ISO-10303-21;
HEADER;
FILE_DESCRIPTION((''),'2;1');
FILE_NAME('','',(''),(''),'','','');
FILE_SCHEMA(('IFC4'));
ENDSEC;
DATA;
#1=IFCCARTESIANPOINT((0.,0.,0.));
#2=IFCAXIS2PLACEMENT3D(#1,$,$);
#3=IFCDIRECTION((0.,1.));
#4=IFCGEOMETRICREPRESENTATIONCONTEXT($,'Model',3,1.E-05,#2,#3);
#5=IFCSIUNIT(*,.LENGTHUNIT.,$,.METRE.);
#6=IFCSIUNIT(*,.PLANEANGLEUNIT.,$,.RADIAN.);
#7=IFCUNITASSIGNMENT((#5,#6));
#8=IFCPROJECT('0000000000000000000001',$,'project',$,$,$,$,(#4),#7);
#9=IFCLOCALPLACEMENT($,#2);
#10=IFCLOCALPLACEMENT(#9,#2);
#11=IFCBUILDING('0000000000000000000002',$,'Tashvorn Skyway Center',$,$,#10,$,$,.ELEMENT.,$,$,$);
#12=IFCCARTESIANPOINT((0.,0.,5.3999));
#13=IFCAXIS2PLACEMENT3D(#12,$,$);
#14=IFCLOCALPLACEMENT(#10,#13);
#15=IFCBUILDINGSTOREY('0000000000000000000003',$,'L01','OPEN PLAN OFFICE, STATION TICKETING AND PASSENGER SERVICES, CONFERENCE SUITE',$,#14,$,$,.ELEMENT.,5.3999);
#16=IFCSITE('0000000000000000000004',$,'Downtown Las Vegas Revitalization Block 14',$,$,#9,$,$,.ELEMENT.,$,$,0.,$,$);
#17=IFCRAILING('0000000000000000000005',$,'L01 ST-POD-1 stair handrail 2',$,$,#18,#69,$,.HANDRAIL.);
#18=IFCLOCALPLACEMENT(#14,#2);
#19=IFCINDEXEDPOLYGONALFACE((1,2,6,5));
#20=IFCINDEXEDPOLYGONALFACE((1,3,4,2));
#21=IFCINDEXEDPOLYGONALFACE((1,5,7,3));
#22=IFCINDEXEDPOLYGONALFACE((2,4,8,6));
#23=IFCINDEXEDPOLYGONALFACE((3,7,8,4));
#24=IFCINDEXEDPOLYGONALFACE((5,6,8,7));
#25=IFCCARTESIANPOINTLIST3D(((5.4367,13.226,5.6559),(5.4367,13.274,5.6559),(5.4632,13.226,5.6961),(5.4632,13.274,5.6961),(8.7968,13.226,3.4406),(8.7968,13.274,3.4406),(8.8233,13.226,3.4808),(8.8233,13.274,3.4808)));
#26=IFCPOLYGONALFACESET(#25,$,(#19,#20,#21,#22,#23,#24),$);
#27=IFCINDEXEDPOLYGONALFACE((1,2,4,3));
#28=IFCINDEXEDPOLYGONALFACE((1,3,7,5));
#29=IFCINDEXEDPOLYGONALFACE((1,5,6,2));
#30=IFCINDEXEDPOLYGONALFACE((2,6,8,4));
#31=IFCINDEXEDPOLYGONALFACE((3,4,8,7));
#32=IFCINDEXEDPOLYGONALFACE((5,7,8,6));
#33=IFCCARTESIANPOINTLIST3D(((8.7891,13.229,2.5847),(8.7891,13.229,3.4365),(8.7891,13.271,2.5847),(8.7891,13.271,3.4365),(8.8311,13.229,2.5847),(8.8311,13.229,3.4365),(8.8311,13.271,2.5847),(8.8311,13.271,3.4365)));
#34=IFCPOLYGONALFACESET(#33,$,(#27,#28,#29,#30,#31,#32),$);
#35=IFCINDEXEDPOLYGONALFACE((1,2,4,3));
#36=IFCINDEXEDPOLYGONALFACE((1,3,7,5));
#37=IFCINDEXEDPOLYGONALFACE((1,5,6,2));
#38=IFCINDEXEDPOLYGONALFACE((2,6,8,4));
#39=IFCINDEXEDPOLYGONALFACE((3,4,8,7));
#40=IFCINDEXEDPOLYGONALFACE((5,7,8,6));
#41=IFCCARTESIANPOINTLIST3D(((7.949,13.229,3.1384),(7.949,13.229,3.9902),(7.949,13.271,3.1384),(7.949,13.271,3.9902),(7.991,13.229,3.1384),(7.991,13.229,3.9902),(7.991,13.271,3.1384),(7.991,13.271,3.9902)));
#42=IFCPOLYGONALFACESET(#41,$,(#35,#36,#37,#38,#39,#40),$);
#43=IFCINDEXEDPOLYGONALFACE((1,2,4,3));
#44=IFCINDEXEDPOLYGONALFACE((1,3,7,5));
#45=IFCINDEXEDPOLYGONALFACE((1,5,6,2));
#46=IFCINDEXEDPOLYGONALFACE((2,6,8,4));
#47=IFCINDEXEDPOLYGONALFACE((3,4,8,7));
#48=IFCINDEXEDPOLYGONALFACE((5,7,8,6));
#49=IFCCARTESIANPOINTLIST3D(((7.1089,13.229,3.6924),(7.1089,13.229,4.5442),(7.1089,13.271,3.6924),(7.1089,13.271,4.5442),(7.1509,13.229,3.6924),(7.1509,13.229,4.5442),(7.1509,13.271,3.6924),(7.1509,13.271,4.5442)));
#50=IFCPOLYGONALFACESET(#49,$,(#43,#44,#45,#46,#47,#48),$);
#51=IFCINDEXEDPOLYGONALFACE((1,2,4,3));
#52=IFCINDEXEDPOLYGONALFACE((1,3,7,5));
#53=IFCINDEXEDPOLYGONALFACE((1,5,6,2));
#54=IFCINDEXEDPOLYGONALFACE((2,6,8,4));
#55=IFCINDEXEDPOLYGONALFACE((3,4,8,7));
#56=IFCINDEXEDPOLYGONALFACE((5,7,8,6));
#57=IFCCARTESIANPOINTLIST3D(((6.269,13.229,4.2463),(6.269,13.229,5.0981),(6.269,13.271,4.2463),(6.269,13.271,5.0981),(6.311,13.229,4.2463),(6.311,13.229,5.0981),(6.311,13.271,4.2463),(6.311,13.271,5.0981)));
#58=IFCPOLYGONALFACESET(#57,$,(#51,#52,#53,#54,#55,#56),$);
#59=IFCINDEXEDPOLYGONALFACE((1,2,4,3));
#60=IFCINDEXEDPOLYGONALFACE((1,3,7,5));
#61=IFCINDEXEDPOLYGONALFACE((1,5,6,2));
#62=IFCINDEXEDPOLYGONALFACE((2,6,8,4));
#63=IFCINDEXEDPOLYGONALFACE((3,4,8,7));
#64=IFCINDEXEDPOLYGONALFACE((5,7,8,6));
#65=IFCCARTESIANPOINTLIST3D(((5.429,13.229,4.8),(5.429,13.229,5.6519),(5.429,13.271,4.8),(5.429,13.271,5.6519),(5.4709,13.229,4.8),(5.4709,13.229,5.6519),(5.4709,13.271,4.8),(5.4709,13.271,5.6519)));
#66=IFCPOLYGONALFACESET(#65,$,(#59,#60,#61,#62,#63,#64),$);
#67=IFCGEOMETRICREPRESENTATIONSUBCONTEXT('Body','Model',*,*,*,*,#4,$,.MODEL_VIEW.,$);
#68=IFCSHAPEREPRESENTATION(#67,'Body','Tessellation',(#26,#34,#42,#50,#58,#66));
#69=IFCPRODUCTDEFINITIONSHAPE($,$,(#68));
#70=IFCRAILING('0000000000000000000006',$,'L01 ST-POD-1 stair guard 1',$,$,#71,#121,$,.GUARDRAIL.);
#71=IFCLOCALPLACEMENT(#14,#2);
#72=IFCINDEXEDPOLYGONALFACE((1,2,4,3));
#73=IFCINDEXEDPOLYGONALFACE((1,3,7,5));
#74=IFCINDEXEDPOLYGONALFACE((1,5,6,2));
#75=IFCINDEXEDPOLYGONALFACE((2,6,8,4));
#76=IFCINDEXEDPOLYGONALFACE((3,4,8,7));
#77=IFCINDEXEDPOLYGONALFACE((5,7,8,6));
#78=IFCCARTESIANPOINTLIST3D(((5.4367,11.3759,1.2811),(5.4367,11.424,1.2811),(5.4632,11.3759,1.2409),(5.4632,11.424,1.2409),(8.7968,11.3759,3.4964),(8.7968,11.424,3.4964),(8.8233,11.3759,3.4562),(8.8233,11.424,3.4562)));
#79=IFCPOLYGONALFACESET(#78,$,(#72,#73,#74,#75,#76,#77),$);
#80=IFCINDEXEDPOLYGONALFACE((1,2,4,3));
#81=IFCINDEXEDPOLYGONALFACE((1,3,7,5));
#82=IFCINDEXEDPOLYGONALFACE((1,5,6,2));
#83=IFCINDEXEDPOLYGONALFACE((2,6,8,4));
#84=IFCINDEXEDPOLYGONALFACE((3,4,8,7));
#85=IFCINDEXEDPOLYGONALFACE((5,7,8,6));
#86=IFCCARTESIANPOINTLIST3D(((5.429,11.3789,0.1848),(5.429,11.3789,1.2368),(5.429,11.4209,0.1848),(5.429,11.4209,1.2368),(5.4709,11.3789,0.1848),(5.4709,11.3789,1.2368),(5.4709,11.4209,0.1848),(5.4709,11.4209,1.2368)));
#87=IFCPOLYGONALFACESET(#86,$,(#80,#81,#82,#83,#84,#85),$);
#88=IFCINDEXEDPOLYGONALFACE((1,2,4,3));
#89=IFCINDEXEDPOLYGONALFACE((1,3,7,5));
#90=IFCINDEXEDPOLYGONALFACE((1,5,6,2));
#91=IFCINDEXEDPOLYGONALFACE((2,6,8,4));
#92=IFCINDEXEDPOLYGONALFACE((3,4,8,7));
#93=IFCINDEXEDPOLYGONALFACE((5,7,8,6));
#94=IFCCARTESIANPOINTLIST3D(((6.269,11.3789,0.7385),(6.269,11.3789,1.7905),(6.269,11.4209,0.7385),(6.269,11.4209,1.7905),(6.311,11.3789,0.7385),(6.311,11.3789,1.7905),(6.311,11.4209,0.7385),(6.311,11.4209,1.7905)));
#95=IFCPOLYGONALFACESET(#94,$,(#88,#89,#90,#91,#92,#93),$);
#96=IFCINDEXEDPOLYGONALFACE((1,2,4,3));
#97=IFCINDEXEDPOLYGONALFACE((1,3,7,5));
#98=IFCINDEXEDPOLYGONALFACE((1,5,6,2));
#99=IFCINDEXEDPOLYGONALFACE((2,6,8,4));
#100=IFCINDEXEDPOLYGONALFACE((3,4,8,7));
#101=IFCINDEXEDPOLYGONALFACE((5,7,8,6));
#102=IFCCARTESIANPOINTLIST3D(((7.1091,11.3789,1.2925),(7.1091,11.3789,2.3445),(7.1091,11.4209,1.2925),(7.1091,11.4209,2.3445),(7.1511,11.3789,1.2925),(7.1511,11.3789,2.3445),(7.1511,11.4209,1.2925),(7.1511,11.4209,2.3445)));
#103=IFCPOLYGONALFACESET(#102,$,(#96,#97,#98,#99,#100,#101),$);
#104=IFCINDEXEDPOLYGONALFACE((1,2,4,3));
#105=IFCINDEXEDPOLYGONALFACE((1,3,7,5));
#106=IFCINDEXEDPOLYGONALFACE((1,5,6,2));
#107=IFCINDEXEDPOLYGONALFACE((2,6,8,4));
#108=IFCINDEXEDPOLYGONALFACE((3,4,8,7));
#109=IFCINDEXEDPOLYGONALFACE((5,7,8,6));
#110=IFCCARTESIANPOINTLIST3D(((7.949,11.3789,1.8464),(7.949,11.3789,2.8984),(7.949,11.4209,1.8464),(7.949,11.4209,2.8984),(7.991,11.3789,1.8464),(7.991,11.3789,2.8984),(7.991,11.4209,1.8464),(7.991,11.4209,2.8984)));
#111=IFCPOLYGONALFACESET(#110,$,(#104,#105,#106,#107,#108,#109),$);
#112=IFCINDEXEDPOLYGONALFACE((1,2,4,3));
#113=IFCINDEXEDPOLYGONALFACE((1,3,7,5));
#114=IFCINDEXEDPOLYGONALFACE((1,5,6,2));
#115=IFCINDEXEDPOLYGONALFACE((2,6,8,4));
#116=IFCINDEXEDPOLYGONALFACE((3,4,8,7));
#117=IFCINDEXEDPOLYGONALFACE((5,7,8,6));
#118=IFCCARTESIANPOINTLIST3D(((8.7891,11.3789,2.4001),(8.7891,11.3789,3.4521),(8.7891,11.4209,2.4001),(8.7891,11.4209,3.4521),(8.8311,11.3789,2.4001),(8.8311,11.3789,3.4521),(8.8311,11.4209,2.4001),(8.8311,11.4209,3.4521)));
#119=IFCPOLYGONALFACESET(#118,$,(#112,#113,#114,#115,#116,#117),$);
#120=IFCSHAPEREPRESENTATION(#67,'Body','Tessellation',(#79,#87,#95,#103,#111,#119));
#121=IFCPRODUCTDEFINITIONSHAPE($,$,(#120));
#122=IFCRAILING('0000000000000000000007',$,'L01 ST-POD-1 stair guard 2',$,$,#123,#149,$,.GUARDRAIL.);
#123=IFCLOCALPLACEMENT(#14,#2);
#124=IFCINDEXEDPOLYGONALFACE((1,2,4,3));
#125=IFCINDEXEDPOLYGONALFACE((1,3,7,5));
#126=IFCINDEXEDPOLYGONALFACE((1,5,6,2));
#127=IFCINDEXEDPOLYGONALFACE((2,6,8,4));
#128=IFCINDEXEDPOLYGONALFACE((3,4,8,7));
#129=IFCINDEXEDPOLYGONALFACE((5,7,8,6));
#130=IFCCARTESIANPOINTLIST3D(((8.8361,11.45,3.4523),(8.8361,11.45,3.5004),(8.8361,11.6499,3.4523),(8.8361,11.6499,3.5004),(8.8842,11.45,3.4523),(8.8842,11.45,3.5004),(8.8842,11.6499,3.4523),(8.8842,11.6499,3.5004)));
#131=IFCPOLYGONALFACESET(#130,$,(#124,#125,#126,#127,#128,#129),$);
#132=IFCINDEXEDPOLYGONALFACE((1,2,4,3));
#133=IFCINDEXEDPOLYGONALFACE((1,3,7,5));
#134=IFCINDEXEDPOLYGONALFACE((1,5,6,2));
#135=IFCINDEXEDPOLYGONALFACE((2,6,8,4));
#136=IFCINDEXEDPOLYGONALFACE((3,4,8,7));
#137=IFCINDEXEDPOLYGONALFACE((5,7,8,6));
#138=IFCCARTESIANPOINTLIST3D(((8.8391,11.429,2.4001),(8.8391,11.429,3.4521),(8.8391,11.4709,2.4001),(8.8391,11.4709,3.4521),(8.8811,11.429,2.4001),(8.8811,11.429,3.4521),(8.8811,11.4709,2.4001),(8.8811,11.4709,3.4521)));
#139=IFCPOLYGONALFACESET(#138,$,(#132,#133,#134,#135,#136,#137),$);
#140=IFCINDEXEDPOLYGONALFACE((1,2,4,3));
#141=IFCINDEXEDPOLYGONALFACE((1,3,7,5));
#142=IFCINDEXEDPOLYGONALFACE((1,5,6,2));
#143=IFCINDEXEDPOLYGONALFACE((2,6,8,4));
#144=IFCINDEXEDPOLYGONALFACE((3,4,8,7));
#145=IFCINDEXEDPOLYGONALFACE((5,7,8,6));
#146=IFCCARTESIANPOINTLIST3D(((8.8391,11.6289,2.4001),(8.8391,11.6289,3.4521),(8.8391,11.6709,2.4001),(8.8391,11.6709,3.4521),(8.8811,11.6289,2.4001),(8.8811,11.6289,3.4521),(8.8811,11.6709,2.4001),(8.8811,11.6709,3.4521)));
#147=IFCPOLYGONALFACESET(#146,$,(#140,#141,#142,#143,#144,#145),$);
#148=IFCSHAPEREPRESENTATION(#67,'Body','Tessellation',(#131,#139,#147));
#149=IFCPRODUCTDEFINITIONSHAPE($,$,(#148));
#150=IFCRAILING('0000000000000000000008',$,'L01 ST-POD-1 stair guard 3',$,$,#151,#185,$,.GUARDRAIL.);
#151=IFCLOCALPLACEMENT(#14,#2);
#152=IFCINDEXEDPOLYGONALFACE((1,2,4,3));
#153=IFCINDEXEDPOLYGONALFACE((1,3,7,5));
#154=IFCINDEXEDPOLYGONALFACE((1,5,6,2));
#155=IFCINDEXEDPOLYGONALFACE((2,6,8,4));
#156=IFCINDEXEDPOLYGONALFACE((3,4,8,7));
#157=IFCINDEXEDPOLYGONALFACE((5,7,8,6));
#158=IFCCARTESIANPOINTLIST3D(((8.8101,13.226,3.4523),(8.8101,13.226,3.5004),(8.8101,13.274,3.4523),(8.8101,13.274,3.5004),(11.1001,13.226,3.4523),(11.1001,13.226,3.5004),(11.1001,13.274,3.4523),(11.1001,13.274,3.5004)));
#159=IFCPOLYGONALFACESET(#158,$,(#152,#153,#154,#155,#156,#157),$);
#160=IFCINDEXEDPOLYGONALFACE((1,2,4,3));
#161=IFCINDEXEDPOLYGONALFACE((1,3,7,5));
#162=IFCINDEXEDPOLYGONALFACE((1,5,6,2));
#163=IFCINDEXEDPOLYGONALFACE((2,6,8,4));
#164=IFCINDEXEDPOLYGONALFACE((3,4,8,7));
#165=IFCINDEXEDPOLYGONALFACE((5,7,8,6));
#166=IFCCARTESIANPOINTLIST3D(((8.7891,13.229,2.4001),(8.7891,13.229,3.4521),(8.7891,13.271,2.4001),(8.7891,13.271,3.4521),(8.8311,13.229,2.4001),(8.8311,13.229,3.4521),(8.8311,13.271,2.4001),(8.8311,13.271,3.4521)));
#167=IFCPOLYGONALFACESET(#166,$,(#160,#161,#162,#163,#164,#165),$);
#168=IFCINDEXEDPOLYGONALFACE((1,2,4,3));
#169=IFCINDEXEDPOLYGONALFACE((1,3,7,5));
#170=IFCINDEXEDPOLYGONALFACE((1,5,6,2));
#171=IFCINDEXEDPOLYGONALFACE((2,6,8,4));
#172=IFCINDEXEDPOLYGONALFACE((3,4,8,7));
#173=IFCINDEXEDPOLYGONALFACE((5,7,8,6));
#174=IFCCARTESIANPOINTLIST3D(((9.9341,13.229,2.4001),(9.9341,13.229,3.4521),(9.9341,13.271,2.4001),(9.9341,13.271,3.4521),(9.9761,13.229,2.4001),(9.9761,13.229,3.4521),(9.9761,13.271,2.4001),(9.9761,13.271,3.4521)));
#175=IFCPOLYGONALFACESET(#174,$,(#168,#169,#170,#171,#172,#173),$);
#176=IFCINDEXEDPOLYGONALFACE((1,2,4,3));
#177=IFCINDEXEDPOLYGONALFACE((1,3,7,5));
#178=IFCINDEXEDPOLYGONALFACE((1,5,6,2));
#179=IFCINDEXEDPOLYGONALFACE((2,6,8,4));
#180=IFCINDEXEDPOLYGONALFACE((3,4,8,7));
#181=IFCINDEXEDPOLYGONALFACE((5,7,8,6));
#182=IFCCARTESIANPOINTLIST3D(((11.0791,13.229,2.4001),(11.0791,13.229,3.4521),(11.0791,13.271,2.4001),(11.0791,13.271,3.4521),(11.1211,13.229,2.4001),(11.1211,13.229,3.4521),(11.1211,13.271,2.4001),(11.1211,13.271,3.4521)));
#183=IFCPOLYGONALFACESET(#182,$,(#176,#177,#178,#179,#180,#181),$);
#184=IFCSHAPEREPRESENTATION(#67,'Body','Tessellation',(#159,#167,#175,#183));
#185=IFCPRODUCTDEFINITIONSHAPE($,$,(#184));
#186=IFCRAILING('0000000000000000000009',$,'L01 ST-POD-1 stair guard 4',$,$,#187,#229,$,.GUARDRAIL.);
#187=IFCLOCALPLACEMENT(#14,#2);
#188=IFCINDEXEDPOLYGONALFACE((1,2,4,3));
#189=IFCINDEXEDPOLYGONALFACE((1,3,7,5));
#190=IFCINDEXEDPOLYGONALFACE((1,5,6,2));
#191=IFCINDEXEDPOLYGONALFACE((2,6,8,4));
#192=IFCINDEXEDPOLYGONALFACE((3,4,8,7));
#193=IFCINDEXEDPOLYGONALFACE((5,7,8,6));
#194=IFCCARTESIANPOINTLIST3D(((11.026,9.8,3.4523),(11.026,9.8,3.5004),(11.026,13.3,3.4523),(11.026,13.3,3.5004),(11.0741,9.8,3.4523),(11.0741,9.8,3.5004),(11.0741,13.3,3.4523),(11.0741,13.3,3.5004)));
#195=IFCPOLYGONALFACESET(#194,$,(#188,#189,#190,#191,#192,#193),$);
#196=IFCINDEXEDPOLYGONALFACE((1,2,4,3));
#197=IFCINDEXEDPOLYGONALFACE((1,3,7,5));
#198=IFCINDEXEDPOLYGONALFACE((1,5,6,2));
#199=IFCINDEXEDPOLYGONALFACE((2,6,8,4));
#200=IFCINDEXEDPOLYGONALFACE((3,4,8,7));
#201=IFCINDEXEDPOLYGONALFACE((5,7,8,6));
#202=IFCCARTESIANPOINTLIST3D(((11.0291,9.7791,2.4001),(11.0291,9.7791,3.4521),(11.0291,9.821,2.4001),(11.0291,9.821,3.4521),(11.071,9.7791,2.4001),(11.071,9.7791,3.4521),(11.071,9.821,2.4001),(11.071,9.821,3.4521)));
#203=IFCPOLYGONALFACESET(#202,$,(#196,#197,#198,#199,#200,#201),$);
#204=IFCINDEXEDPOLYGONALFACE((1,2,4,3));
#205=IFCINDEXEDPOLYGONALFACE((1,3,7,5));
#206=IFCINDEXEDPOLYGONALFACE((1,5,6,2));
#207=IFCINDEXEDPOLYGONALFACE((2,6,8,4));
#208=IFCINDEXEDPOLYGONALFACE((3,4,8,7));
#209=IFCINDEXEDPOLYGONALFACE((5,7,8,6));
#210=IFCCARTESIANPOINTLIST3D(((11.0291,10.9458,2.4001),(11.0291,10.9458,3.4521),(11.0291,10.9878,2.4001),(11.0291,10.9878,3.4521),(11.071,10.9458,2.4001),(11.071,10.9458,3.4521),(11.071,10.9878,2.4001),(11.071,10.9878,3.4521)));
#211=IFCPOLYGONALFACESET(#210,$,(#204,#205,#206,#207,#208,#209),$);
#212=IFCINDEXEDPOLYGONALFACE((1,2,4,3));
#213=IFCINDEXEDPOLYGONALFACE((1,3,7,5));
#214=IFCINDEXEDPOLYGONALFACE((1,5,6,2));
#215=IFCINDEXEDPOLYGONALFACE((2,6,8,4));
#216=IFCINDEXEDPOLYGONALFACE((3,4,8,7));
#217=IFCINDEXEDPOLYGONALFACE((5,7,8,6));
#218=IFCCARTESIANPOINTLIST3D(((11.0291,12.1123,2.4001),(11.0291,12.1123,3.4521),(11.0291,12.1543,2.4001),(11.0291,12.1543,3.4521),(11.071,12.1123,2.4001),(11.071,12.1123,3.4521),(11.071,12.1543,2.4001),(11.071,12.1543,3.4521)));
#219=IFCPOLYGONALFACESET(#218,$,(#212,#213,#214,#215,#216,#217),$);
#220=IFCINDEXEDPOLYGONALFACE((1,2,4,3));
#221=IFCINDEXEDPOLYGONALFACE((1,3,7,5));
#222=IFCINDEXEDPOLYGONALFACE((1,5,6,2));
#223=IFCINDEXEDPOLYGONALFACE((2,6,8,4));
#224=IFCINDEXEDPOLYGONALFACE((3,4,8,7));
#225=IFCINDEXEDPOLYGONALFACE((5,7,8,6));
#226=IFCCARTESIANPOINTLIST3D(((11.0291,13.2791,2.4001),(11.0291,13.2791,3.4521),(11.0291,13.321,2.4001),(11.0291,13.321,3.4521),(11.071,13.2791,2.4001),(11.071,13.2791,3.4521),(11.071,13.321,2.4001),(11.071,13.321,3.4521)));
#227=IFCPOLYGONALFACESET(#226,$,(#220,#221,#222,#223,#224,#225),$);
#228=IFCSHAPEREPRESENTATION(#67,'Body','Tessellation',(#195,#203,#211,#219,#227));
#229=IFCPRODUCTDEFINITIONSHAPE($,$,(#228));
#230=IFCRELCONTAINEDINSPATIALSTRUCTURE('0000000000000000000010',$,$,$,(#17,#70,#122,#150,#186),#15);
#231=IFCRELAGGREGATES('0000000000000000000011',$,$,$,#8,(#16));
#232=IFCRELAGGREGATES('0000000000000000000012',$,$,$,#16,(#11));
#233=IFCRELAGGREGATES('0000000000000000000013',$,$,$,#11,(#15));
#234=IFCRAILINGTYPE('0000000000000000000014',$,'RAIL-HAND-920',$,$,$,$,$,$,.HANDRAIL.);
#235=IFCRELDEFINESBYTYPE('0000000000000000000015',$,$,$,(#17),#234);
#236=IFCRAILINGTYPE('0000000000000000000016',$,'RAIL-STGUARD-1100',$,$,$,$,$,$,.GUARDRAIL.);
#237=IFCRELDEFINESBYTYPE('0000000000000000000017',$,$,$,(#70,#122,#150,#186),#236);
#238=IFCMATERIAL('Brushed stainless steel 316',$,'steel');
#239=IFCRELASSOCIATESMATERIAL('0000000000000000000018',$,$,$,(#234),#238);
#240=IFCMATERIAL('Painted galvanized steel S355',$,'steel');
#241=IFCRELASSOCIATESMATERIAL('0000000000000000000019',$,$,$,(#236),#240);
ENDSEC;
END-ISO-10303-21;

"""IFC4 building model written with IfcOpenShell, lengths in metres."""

from ifc_helpers import new_model, si_unit, direction, frame, origin, origin_2d, place, context, subcontext, project, spatial, rectangle, extrude, material, type_object, element, save


model = new_model("IFC4")

# Units and contexts
model_context = context("Model", 3, precision=1e-05, world=origin(), true_north=direction((0.0, 1.0)))
body_context = subcontext(model_context, "Body", "Model", "MODEL_VIEW")
ifc_project = project(units=[si_unit("LENGTHUNIT", "METRE"), si_unit("PLANEANGLEUNIT", "RADIAN")], contexts=[model_context])

# Site, building, storey
site_placement = place(None, origin())
site = spatial("IfcSite", under=ifc_project, at=site_placement, Name="Downtown Las Vegas Revitalization Block 14", CompositionType="ELEMENT", RefElevation=0.0)
building_placement = place(site_placement, origin())
building = spatial("IfcBuilding", under=site, at=building_placement, Name="Tashvorn Skyway Center", CompositionType="ELEMENT")
storey_placement = place(building_placement, frame((0.0, 0.0, 5.3999)))
storey = spatial("IfcBuildingStorey", under=building, at=storey_placement, Name="L01", Description="OPEN PLAN OFFICE, STATION TICKETING AND PASSENGER SERVICES, CONFERENCE SUITE", CompositionType="ELEMENT", Elevation=5.3999)

# Railings
ifc_material_1 = material(Name="Brushed stainless steel 316", Category="steel")
railing_type_1 = type_object("IfcRailingType", Name="RAIL-HAND-920", PredefinedType="HANDRAIL", material=ifc_material_1)
railing_1_placement = place(storey_placement, frame((8.8101, 13.25, 2.5847)))
element("IfcRailing", 1, at=railing_1_placement, inside=storey, type_object=railing_type_1, Name="L01 ST-POD-1 stair handrail 2", PredefinedType="HANDRAIL", context=body_context, shape_type="SweptSolid", body=[
    extrude(rectangle(XDim=0.0481, YDim=0.0481, at=origin_2d()), frame((0.0, 0.0, 0.876), z_axis=(-0.834876, 0.0, 0.550437), x_axis=(0.0, -1.0, 0.0)), (0.0, 0.0, 1.0), 4.0247),
    extrude(rectangle(XDim=0.042, YDim=0.042, at=origin_2d()), origin(), (0.0, 0.0, 1.0), 0.8518),
    extrude(rectangle(XDim=0.042, YDim=0.042, at=origin_2d()), frame((-0.8401, 0.0, 0.5537)), (0.0, 0.0, 1.0), 0.8518),
    extrude(rectangle(XDim=0.042, YDim=0.042, at=origin_2d()), frame((-1.6802, 0.0, 1.1077)), (0.0, 0.0, 1.0), 0.8518),
    extrude(rectangle(XDim=0.042, YDim=0.042, at=origin_2d()), frame((-2.52, 0.0, 1.6616)), (0.0, 0.0, 1.0), 0.8518),
    extrude(rectangle(XDim=0.042, YDim=0.042, at=origin_2d()), frame((-3.3601, 0.0, 2.2153)), (0.0, 0.0, 1.0), 0.8518),
])
ifc_material_2 = material(Name="Painted galvanized steel S355", Category="steel")
railing_type_2 = type_object("IfcRailingType", Name="RAIL-STGUARD-1100", PredefinedType="GUARDRAIL", material=ifc_material_2)
railing_2_placement = place(storey_placement, frame((5.45, 11.3999, 0.1848)))
element("IfcRailing", 2, at=railing_2_placement, inside=storey, type_object=railing_type_2, Name="L01 ST-POD-1 stair guard 1", PredefinedType="GUARDRAIL", context=body_context, shape_type="SweptSolid", body=[
    extrude(rectangle(XDim=0.0481, YDim=0.0481, at=origin_2d()), frame((0.0, 0.0, 1.0762), z_axis=(0.834876, 0.0, 0.550437), x_axis=(0.0, 1.0, 0.0)), (0.0, 0.0, 1.0), 4.0247),
    extrude(rectangle(XDim=0.042, YDim=0.042, at=origin_2d()), origin(), (0.0, 0.0, 1.0), 1.052),
    extrude(rectangle(XDim=0.042, YDim=0.042, at=origin_2d()), frame((0.8401, 0.0, 0.5537)), (0.0, 0.0, 1.0), 1.052),
    extrude(rectangle(XDim=0.042, YDim=0.042, at=origin_2d()), frame((1.6802, 0.0, 1.1077)), (0.0, 0.0, 1.0), 1.052),
    extrude(rectangle(XDim=0.042, YDim=0.042, at=origin_2d()), frame((2.52, 0.0, 1.6616)), (0.0, 0.0, 1.0), 1.052),
    extrude(rectangle(XDim=0.042, YDim=0.042, at=origin_2d()), frame((3.3601, 0.0, 2.2153)), (0.0, 0.0, 1.0), 1.052),
])
railing_3_placement = place(storey_placement, frame((8.8601, 11.45, 2.4001)))
element("IfcRailing", 3, at=railing_3_placement, inside=storey, type_object=railing_type_2, Name="L01 ST-POD-1 stair guard 2", PredefinedType="GUARDRAIL", context=body_context, shape_type="SweptSolid", body=[
    extrude(rectangle(XDim=0.0481, YDim=0.0481, at=origin_2d()), frame((0.0, 0.0, 1.0762), z_axis=(0.0, 1.0, 0.0), x_axis=(-1.0, 0.0, 0.0)), (0.0, 0.0, 1.0), 0.2),
    extrude(rectangle(XDim=0.042, YDim=0.042, at=origin_2d()), origin(), (0.0, 0.0, 1.0), 1.052),
    extrude(rectangle(XDim=0.042, YDim=0.042, at=origin_2d()), frame((0.0, 0.2, 0.0)), (0.0, 0.0, 1.0), 1.052),
])
railing_4_placement = place(storey_placement, frame((8.8101, 13.25, 2.4001)))
element("IfcRailing", 4, at=railing_4_placement, inside=storey, type_object=railing_type_2, Name="L01 ST-POD-1 stair guard 3", PredefinedType="GUARDRAIL", context=body_context, shape_type="SweptSolid", body=[
    extrude(rectangle(XDim=0.0481, YDim=0.0481, at=origin_2d()), frame((0.0, 0.0, 1.0762), z_axis=(1.0, 0.0, 0.0), x_axis=(0.0, 1.0, 0.0)), (0.0, 0.0, 1.0), 2.29),
    extrude(rectangle(XDim=0.042, YDim=0.042, at=origin_2d()), origin(), (0.0, 0.0, 1.0), 1.052),
    extrude(rectangle(XDim=0.042, YDim=0.042, at=origin_2d()), frame((1.145, 0.0, 0.0)), (0.0, 0.0, 1.0), 1.052),
    extrude(rectangle(XDim=0.042, YDim=0.042, at=origin_2d()), frame((2.29, 0.0, 0.0)), (0.0, 0.0, 1.0), 1.052),
])
railing_5_placement = place(storey_placement, frame((11.05, 9.8, 2.4001)))
element("IfcRailing", 5, at=railing_5_placement, inside=storey, type_object=railing_type_2, Name="L01 ST-POD-1 stair guard 4", PredefinedType="GUARDRAIL", context=body_context, shape_type="SweptSolid", body=[
    extrude(rectangle(XDim=0.0481, YDim=0.0481, at=origin_2d()), frame((0.0, 0.0, 1.0762), z_axis=(0.0, 1.0, 0.0), x_axis=(-1.0, 0.0, 0.0)), (0.0, 0.0, 1.0), 3.5),
    extrude(rectangle(XDim=0.042, YDim=0.042, at=origin_2d()), origin(), (0.0, 0.0, 1.0), 1.052),
    extrude(rectangle(XDim=0.042, YDim=0.042, at=origin_2d()), frame((0.0, 1.1667, 0.0)), (0.0, 0.0, 1.0), 1.052),
    extrude(rectangle(XDim=0.042, YDim=0.042, at=origin_2d()), frame((0.0, 2.3333, 0.0)), (0.0, 0.0, 1.0), 1.052),
    extrude(rectangle(XDim=0.042, YDim=0.042, at=origin_2d()), frame((0.0, 3.5, 0.0)), (0.0, 0.0, 1.0), 1.052),
])

save(model, "model.ifc")
